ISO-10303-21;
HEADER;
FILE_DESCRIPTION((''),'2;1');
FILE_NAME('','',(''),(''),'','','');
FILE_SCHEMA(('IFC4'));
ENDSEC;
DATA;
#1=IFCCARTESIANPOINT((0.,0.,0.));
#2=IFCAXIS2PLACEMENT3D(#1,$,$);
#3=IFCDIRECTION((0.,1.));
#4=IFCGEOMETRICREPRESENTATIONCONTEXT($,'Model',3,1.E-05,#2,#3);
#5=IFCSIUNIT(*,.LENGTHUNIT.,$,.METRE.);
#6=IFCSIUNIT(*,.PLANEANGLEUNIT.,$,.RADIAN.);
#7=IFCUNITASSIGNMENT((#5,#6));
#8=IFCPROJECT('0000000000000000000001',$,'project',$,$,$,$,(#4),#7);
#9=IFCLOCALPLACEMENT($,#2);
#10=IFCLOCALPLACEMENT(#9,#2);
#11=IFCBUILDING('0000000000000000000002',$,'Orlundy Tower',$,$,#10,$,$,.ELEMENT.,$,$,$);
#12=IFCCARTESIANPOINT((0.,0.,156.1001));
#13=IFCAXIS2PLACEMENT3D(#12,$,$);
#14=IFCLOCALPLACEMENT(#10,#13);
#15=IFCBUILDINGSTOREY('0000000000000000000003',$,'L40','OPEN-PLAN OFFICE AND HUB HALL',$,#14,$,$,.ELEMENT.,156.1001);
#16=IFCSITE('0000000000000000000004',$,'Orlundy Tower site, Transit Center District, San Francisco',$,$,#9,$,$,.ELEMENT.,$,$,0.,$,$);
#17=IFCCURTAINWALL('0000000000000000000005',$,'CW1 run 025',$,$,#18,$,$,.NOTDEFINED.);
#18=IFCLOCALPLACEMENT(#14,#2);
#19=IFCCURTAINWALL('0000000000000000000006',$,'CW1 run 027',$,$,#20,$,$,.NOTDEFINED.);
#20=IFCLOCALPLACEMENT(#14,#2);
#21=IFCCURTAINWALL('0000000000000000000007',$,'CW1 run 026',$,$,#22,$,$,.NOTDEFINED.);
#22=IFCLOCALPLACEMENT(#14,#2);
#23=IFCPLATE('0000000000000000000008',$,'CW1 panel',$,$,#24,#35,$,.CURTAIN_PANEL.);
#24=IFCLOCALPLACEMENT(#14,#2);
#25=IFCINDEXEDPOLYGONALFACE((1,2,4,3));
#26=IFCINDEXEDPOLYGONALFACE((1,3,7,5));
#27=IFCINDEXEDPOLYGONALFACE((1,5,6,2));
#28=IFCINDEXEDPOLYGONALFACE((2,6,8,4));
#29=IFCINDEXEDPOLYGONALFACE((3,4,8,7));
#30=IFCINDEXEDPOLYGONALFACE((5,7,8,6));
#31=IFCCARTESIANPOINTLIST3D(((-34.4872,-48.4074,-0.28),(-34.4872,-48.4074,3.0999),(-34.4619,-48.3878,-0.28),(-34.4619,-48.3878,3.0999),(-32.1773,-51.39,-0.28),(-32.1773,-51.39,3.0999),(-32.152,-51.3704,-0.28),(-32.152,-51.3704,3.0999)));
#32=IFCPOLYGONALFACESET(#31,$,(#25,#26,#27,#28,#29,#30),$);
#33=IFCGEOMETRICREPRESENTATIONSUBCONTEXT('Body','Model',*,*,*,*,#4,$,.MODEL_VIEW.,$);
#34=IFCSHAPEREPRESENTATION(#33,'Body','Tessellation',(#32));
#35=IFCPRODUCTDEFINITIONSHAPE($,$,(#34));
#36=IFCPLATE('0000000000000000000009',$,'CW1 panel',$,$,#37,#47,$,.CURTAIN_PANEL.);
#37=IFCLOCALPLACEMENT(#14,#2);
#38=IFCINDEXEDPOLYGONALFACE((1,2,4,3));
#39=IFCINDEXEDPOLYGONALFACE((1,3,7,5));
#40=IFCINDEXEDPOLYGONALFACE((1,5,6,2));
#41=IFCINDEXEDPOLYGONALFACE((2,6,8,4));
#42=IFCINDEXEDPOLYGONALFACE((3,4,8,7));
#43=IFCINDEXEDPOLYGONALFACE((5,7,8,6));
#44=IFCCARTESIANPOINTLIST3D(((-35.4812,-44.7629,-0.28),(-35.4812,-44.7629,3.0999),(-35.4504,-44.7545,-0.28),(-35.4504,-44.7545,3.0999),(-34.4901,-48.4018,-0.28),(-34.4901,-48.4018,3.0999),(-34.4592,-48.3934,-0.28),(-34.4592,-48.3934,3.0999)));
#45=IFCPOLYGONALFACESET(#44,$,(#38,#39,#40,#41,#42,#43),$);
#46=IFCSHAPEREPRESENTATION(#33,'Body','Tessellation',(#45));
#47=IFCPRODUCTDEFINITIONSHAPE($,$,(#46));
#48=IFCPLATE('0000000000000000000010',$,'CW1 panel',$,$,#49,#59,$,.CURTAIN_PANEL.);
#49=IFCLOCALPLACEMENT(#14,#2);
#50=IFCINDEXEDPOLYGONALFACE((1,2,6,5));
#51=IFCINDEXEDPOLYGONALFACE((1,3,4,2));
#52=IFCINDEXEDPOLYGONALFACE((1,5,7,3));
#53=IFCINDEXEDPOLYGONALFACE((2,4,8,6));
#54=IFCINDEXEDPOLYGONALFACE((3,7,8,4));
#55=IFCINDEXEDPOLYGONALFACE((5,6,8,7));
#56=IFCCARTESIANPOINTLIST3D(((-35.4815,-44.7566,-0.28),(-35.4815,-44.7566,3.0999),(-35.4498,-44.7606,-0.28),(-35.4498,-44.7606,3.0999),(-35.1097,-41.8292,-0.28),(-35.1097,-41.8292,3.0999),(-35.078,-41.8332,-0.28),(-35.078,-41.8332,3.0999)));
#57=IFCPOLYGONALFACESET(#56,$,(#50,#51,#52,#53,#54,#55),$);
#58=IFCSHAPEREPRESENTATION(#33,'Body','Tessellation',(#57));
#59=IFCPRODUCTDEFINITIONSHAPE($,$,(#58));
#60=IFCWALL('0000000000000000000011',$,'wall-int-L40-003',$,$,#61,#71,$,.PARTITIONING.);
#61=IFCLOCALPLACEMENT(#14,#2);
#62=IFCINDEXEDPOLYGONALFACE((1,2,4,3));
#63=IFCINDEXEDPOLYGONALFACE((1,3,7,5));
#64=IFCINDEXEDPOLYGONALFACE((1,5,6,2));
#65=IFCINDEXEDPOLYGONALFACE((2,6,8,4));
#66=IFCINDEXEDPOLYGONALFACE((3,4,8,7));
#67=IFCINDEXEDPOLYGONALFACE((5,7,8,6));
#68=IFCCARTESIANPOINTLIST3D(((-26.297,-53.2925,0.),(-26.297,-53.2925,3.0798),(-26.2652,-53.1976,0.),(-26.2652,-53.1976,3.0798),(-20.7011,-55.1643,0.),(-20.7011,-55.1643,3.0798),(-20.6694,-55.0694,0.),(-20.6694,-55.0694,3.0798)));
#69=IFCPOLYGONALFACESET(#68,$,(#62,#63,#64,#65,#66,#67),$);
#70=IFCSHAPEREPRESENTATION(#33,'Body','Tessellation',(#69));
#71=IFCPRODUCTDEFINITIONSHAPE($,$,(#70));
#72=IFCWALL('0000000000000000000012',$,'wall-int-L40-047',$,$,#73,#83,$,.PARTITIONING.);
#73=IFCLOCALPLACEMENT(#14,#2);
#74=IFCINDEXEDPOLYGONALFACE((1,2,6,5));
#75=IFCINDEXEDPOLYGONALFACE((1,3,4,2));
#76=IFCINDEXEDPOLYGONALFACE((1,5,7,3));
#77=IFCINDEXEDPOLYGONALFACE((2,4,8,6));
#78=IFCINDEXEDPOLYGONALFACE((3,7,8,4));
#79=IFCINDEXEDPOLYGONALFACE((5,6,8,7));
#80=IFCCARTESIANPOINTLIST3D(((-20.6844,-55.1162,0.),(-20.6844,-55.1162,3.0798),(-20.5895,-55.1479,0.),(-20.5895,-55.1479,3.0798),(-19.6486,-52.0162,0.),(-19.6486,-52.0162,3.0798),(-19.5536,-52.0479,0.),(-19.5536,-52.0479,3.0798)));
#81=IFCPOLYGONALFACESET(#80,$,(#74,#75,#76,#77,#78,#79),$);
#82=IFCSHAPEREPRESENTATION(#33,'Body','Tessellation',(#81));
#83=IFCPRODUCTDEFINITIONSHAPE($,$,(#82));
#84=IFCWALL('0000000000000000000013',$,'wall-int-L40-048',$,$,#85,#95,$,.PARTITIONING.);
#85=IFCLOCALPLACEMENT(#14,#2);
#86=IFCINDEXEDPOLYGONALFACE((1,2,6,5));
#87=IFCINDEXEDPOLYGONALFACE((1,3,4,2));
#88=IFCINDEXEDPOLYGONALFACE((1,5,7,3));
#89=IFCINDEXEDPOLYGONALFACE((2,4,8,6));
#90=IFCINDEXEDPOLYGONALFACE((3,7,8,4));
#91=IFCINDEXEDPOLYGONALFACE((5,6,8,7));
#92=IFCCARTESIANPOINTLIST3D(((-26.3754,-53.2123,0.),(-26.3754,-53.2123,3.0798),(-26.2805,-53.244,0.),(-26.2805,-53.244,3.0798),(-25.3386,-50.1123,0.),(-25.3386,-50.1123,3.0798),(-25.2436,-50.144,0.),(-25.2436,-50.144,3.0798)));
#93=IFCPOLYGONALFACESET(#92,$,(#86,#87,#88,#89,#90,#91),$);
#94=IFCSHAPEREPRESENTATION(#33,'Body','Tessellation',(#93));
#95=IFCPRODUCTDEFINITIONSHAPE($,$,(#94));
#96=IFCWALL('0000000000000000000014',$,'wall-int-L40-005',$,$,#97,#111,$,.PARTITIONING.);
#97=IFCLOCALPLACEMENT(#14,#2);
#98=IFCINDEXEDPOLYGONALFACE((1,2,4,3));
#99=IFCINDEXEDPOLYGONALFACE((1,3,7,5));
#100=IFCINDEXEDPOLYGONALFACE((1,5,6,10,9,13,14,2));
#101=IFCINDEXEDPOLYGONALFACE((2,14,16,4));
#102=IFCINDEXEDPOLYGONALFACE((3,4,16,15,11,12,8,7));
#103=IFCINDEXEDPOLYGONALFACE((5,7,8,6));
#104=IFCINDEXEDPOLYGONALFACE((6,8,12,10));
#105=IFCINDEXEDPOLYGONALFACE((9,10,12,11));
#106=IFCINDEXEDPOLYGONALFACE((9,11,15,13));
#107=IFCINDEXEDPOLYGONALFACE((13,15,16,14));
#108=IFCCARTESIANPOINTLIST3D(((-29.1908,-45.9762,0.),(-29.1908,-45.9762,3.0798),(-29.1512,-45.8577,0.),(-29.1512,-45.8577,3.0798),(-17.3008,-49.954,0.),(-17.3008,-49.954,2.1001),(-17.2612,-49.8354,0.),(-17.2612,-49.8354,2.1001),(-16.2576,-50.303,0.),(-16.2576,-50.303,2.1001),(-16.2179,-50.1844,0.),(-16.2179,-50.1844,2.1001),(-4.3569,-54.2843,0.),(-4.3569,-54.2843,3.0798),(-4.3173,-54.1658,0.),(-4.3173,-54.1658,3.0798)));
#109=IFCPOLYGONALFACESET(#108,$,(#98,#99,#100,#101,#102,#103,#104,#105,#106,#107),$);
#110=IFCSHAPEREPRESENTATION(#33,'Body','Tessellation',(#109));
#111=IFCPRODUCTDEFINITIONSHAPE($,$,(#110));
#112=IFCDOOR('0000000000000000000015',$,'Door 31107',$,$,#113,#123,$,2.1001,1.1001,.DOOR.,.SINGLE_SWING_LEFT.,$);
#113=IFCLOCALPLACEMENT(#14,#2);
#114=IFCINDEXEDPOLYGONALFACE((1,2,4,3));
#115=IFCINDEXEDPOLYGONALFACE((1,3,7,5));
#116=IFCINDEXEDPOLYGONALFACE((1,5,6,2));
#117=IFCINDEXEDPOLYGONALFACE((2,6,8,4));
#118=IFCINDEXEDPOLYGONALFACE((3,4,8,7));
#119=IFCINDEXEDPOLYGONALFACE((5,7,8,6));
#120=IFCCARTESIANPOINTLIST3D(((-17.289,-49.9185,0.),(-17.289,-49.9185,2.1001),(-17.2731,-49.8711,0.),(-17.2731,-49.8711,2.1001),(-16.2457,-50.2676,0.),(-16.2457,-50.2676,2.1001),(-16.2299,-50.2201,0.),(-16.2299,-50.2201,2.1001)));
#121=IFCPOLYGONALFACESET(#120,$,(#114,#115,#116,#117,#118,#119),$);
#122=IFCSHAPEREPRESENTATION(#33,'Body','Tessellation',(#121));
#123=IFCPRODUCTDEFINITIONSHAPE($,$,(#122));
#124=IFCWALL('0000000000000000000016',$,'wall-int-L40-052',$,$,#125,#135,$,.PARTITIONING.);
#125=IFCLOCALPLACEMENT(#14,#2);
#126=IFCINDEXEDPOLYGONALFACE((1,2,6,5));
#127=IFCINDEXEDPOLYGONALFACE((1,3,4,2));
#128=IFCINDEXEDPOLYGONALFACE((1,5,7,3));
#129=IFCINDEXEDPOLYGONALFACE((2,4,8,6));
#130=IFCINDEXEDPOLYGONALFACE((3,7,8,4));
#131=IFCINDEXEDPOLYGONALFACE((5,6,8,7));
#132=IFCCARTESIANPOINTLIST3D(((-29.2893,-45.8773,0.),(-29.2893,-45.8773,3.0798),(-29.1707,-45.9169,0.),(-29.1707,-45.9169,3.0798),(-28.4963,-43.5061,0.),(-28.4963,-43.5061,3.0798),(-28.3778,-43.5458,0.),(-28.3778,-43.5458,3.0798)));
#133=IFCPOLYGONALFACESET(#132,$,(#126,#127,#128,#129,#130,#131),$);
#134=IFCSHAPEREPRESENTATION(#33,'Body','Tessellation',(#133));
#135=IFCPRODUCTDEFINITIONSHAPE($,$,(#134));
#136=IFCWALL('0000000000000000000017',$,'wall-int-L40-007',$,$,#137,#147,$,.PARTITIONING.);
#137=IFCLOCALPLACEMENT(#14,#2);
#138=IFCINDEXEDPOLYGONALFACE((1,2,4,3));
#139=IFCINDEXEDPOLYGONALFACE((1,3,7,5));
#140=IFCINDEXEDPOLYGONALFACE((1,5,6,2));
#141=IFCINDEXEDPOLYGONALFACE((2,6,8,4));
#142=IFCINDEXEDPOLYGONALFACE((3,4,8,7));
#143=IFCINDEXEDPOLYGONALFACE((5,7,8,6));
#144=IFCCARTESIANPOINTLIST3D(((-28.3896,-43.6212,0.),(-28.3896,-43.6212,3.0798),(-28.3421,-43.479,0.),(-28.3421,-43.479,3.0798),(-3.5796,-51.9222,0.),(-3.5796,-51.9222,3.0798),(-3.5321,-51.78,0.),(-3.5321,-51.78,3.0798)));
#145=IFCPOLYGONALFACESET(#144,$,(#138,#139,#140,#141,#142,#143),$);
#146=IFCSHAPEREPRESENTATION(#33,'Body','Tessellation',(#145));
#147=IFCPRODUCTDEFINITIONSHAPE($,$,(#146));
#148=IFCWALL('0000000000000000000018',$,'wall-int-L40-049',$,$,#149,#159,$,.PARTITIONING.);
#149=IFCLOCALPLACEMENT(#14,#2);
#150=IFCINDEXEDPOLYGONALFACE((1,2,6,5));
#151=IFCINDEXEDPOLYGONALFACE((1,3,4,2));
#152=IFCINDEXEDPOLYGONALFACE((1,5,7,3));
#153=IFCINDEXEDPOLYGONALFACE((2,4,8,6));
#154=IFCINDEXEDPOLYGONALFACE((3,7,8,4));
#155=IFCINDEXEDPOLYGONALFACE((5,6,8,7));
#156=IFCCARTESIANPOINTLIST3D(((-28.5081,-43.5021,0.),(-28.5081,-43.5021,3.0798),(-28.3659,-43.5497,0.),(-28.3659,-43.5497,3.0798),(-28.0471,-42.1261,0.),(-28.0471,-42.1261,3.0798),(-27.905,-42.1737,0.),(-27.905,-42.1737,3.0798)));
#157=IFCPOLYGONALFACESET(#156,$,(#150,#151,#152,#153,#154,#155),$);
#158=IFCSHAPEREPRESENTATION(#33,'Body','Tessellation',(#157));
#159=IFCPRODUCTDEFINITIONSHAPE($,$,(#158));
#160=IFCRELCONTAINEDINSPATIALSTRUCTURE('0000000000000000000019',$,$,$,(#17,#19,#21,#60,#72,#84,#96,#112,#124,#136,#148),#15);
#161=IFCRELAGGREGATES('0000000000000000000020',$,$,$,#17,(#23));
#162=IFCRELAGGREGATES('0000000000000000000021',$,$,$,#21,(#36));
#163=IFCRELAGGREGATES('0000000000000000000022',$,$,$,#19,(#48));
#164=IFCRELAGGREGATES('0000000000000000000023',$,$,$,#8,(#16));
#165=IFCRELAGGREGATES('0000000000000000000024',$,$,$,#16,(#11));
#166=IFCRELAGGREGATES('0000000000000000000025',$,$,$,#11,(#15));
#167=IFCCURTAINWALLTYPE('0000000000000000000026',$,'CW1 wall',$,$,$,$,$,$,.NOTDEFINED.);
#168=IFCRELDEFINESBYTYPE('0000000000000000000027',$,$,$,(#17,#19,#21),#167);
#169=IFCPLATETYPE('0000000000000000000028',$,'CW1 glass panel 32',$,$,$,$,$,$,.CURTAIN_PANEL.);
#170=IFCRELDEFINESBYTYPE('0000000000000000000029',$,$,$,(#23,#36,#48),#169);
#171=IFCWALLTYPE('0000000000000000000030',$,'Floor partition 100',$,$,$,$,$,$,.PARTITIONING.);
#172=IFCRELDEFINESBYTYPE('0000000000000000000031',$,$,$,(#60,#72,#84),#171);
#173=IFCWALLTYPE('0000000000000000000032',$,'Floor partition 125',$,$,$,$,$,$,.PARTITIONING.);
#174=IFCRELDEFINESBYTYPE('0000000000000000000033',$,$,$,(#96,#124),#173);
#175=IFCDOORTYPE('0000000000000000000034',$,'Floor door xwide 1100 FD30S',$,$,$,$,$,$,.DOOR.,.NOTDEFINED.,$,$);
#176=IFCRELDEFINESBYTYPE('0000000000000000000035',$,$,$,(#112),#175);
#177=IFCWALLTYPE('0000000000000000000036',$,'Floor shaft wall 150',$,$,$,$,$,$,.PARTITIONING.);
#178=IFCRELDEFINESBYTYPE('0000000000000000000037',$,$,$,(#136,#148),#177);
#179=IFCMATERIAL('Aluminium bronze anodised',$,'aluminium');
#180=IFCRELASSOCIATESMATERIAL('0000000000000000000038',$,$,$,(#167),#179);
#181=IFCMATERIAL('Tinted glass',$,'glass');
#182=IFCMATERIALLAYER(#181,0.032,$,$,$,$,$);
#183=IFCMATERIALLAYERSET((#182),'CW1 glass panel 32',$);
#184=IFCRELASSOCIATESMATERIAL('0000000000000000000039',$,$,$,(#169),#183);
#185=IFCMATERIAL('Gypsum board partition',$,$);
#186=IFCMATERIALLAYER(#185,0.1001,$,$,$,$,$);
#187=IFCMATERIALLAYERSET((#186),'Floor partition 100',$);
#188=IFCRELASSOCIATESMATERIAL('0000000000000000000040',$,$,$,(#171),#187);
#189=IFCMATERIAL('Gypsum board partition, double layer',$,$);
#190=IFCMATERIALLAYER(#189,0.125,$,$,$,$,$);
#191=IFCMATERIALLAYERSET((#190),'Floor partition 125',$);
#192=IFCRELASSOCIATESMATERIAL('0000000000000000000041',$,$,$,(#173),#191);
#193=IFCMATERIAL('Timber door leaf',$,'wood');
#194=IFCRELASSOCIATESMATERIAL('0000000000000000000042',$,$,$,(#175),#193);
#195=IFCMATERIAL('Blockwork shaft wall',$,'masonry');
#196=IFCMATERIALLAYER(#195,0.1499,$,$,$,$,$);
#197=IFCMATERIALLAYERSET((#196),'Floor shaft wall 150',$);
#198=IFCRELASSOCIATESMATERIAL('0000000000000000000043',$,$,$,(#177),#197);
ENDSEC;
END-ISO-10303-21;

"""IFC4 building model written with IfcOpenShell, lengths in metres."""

from ifc_helpers import new_model, si_unit, direction, frame, frame_2d, origin, origin_2d, place, context, subcontext, project, spatial, rectangle, extrude, material, layer, layer_set, type_object, element, fill, aggregate, save


model = new_model("IFC4")

# Units and contexts
model_context = context("Model", 3, precision=1e-05, world=origin(), true_north=direction((0.0, 1.0)))
body_context = subcontext(model_context, "Body", "Model", "MODEL_VIEW")
ifc_project = project(units=[si_unit("LENGTHUNIT", "METRE"), si_unit("PLANEANGLEUNIT", "RADIAN")], contexts=[model_context])

# Site, building, storey
site_placement = place(None, origin())
site = spatial("IfcSite", under=ifc_project, at=site_placement, Name="Orlundy Tower site, Transit Center District, San Francisco", CompositionType="ELEMENT", RefElevation=0.0)
building_placement = place(site_placement, origin())
building = spatial("IfcBuilding", under=site, at=building_placement, Name="Orlundy Tower", CompositionType="ELEMENT")
storey_placement = place(building_placement, frame((0.0, 0.0, 156.1001)))
storey = spatial("IfcBuildingStorey", under=building, at=storey_placement, Name="L40", Description="OPEN-PLAN OFFICE AND HUB HALL", CompositionType="ELEMENT", Elevation=156.1001)

# Curtain walls
ifc_material_1 = material(Name="Aluminium bronze anodised", Category="aluminium")
curtain_wall_type = type_object("IfcCurtainWallType", Name="CW1 wall", PredefinedType="NOTDEFINED", material=ifc_material_1)
curtain_wall_1_placement = place(storey_placement, origin())
curtain_wall_1 = element("IfcCurtainWall", 1, at=curtain_wall_1_placement, inside=storey, type_object=curtain_wall_type, Name="CW1 run 025", PredefinedType="NOTDEFINED")
curtain_wall_2_placement = place(storey_placement, origin())
curtain_wall_2 = element("IfcCurtainWall", 2, at=curtain_wall_2_placement, inside=storey, type_object=curtain_wall_type, Name="CW1 run 027", PredefinedType="NOTDEFINED")

# Curtain wall
curtain_wall_3_placement = place(storey_placement, origin())
curtain_wall_3 = element("IfcCurtainWall", 3, at=curtain_wall_3_placement, inside=storey, type_object=curtain_wall_type, Name="CW1 run 026", PredefinedType="NOTDEFINED")

# Plates
ifc_material_2 = material(Name="Tinted glass", Category="glass")
ifc_layer_1 = layer(ifc_material_2, 0.032)
ifc_layer_set_1 = layer_set([ifc_layer_1], Name="CW1 glass panel 32")
plate_type = type_object("IfcPlateType", Name="CW1 glass panel 32", PredefinedType="CURTAIN_PANEL", material=ifc_layer_set_1)
plate_1_placement = place(storey_placement, frame((-33.3196, -49.8889, -0.28), z_axis=(0.0, 0.0, 1.0), x_axis=(-0.612315, 0.790614, 0.0)))
plate_1 = element("IfcPlate", 4, at=plate_1_placement, type_object=plate_type, Name="CW1 panel", PredefinedType="CURTAIN_PANEL", context=body_context, shape_type="SweptSolid", body=[
    extrude(rectangle(XDim=3.7725, YDim=0.032, at=origin_2d()), origin(), (0.0, 0.0, 1.0), 3.3799),
])
aggregate(curtain_wall_1, [plate_1])
plate_2_placement = place(storey_placement, frame((-34.9702, -46.5781, -0.28), z_axis=(0.0, 0.0, 1.0), x_axis=(-0.262798, 0.964851, 0.0)))
plate_2 = element("IfcPlate", 5, at=plate_2_placement, type_object=plate_type, Name="CW1 panel", PredefinedType="CURTAIN_PANEL", context=body_context, shape_type="SweptSolid", body=[
    extrude(rectangle(XDim=3.7715, YDim=0.032, at=origin_2d()), origin(), (0.0, 0.0, 1.0), 3.3799),
])
aggregate(curtain_wall_3, [plate_2])
plate_3_placement = place(storey_placement, frame((-35.2798, -43.2949, -0.28), z_axis=(0.0, 0.0, 1.0), x_axis=(0.125994, 0.992031, 0.0)))
plate_3 = element("IfcPlate", 6, at=plate_3_placement, type_object=plate_type, Name="CW1 panel", PredefinedType="CURTAIN_PANEL", context=body_context, shape_type="SweptSolid", body=[
    extrude(rectangle(XDim=2.9509, YDim=0.032, at=origin_2d()), origin(), (0.0, 0.0, 1.0), 3.3799),
])
aggregate(curtain_wall_2, [plate_3])

# Walls
ifc_material_3 = material(Name="Gypsum board partition")
ifc_layer_2 = layer(ifc_material_3, 0.1001)
ifc_layer_set_2 = layer_set([ifc_layer_2], Name="Floor partition 100")
wall_type_1 = type_object("IfcWallType", Name="Floor partition 100", PredefinedType="PARTITIONING", material=ifc_layer_set_2)
wall_1_placement = place(storey_placement, frame((-26.281, -53.2451, 0.0), z_axis=(0.0, 0.0, 1.0), x_axis=(0.948352, -0.317221, 0.0)))
element("IfcWall", 7, at=wall_1_placement, inside=storey, type_object=wall_type_1, Name="wall-int-L40-003", PredefinedType="PARTITIONING", context=body_context, shape_type="SweptSolid", body=[
    extrude(rectangle(XDim=5.9006, YDim=0.1001, at=frame_2d((2.9502, 0.0))), origin(), (0.0, 0.0, 1.0), 3.0798),
])
wall_2_placement = place(storey_placement, frame((-20.637, -55.1321, 0.0), z_axis=(0.0, 0.0, 1.0), x_axis=(0.316922, 0.948451, 0.0)))
element("IfcWall", 8, at=wall_2_placement, inside=storey, type_object=wall_type_1, Name="wall-int-L40-047", PredefinedType="PARTITIONING", context=body_context, shape_type="SweptSolid", body=[
    extrude(rectangle(XDim=3.2686, YDim=0.1001, at=frame_2d((1.6343, 0.0))), origin(), (0.0, 0.0, 1.0), 3.0798),
])
wall_3_placement = place(storey_placement, frame((-26.3279, -53.228, 0.0), z_axis=(0.0, 0.0, 1.0), x_axis=(0.317191, 0.948362, 0.0)))
element("IfcWall", 9, at=wall_3_placement, inside=storey, type_object=wall_type_1, Name="wall-int-L40-048", PredefinedType="PARTITIONING", context=body_context, shape_type="SweptSolid", body=[
    extrude(rectangle(XDim=3.2688, YDim=0.1001, at=frame_2d((1.6343, 0.0))), origin(), (0.0, 0.0, 1.0), 3.0798),
])

# Wall, opening, door
ifc_material_4 = material(Name="Gypsum board partition, double layer")
ifc_layer_3 = layer(ifc_material_4, 0.125)
ifc_layer_set_3 = layer_set([ifc_layer_3], Name="Floor partition 125")
wall_type_2 = type_object("IfcWallType", Name="Floor partition 125", PredefinedType="PARTITIONING", material=ifc_layer_set_3)
wall_4_placement = place(storey_placement, frame((-29.1709, -45.917, 0.0), z_axis=(0.0, 0.0, 1.0), x_axis=(0.948338, -0.317262, 0.0)))
wall_4 = element("IfcWall", 10, at=wall_4_placement, inside=storey, type_object=wall_type_2, Name="wall-int-L40-005", PredefinedType="PARTITIONING", context=body_context, shape_type="SweptSolid", body=[
    extrude(rectangle(XDim=26.1868, YDim=0.125, at=frame_2d((13.0933, 0.0))), origin(), (0.0, 0.0, 1.0), 3.0798),
])
opening_placement = place(wall_4_placement, frame((12.5376, 0.0, 0.0)))
opening = element("IfcOpeningElement", 11, at=opening_placement, cuts=wall_4, PredefinedType="OPENING", context=body_context, shape_type="SweptSolid", body=[
    extrude(rectangle(XDim=1.1001, YDim=2.1001, at=frame_2d((0.55, 1.05))), frame((0.0, 0.0725, 0.0), z_axis=(0.0, -1.0, 0.0), x_axis=(1.0, 0.0, 0.0)), (0.0, 0.0, 1.0), 0.145),
])
ifc_material_5 = material(Name="Timber door leaf", Category="wood")
door_type = type_object("IfcDoorType", Name="Floor door xwide 1100 FD30S", OperationType="NOTDEFINED", PredefinedType="DOOR", material=ifc_material_5)
door_placement = place(opening_placement, origin())
door = element("IfcDoor", 12, at=door_placement, inside=storey, type_object=door_type, Name="Door 31107", OperationType="SINGLE_SWING_LEFT", OverallHeight=2.1001, OverallWidth=1.1001, PredefinedType="DOOR", context=body_context, shape_type="SweptSolid", body=[
    extrude(rectangle(XDim=1.1001, YDim=2.1001, at=frame_2d((0.55, 1.05))), frame((0.0, 0.0249, 0.0), z_axis=(0.0, -1.0, 0.0), x_axis=(1.0, 0.0, 0.0)), (0.0, 0.0, 1.0), 0.05),
])
fill(opening, door)

# Walls
wall_5_placement = place(storey_placement, frame((-29.23, -45.897, 0.0), z_axis=(0.0, 0.0, 1.0), x_axis=(0.317165, 0.94837, 0.0)))
element("IfcWall", 13, at=wall_5_placement, inside=storey, type_object=wall_type_2, Name="wall-int-L40-052", PredefinedType="PARTITIONING", context=body_context, shape_type="SweptSolid", body=[
    extrude(rectangle(XDim=2.5002, YDim=0.125, at=frame_2d((1.25, 0.0))), origin(), (0.0, 0.0, 1.0), 3.0798),
])
ifc_material_6 = material(Name="Blockwork shaft wall", Category="masonry")
ifc_layer_4 = layer(ifc_material_6, 0.1499)
ifc_layer_set_4 = layer_set([ifc_layer_4], Name="Floor shaft wall 150")
wall_type_3 = type_object("IfcWallType", Name="Floor shaft wall 150", PredefinedType="PARTITIONING", material=ifc_layer_set_4)
wall_6_placement = place(storey_placement, frame((-28.366, -43.55, 0.0), z_axis=(0.0, 0.0, 1.0), x_axis=(0.948327, -0.317294, 0.0)))
element("IfcWall", 14, at=wall_6_placement, inside=storey, type_object=wall_type_3, Name="wall-int-L40-007", PredefinedType="PARTITIONING", context=body_context, shape_type="SweptSolid", body=[
    extrude(rectangle(XDim=26.1619, YDim=0.1499, at=frame_2d((13.0811, 0.0))), origin(), (0.0, 0.0, 1.0), 3.0798),
])
wall_7_placement = place(storey_placement, frame((-28.437, -43.5259, 0.0), z_axis=(0.0, 0.0, 1.0), x_axis=(0.317641, 0.948211, 0.0)))
element("IfcWall", 15, at=wall_7_placement, inside=storey, type_object=wall_type_3, Name="wall-int-L40-049", PredefinedType="PARTITIONING", context=body_context, shape_type="SweptSolid", body=[
    extrude(rectangle(XDim=1.4512, YDim=0.1499, at=frame_2d((0.7256, 0.0))), origin(), (0.0, 0.0, 1.0), 3.0798),
])

save(model, "model.ifc")
